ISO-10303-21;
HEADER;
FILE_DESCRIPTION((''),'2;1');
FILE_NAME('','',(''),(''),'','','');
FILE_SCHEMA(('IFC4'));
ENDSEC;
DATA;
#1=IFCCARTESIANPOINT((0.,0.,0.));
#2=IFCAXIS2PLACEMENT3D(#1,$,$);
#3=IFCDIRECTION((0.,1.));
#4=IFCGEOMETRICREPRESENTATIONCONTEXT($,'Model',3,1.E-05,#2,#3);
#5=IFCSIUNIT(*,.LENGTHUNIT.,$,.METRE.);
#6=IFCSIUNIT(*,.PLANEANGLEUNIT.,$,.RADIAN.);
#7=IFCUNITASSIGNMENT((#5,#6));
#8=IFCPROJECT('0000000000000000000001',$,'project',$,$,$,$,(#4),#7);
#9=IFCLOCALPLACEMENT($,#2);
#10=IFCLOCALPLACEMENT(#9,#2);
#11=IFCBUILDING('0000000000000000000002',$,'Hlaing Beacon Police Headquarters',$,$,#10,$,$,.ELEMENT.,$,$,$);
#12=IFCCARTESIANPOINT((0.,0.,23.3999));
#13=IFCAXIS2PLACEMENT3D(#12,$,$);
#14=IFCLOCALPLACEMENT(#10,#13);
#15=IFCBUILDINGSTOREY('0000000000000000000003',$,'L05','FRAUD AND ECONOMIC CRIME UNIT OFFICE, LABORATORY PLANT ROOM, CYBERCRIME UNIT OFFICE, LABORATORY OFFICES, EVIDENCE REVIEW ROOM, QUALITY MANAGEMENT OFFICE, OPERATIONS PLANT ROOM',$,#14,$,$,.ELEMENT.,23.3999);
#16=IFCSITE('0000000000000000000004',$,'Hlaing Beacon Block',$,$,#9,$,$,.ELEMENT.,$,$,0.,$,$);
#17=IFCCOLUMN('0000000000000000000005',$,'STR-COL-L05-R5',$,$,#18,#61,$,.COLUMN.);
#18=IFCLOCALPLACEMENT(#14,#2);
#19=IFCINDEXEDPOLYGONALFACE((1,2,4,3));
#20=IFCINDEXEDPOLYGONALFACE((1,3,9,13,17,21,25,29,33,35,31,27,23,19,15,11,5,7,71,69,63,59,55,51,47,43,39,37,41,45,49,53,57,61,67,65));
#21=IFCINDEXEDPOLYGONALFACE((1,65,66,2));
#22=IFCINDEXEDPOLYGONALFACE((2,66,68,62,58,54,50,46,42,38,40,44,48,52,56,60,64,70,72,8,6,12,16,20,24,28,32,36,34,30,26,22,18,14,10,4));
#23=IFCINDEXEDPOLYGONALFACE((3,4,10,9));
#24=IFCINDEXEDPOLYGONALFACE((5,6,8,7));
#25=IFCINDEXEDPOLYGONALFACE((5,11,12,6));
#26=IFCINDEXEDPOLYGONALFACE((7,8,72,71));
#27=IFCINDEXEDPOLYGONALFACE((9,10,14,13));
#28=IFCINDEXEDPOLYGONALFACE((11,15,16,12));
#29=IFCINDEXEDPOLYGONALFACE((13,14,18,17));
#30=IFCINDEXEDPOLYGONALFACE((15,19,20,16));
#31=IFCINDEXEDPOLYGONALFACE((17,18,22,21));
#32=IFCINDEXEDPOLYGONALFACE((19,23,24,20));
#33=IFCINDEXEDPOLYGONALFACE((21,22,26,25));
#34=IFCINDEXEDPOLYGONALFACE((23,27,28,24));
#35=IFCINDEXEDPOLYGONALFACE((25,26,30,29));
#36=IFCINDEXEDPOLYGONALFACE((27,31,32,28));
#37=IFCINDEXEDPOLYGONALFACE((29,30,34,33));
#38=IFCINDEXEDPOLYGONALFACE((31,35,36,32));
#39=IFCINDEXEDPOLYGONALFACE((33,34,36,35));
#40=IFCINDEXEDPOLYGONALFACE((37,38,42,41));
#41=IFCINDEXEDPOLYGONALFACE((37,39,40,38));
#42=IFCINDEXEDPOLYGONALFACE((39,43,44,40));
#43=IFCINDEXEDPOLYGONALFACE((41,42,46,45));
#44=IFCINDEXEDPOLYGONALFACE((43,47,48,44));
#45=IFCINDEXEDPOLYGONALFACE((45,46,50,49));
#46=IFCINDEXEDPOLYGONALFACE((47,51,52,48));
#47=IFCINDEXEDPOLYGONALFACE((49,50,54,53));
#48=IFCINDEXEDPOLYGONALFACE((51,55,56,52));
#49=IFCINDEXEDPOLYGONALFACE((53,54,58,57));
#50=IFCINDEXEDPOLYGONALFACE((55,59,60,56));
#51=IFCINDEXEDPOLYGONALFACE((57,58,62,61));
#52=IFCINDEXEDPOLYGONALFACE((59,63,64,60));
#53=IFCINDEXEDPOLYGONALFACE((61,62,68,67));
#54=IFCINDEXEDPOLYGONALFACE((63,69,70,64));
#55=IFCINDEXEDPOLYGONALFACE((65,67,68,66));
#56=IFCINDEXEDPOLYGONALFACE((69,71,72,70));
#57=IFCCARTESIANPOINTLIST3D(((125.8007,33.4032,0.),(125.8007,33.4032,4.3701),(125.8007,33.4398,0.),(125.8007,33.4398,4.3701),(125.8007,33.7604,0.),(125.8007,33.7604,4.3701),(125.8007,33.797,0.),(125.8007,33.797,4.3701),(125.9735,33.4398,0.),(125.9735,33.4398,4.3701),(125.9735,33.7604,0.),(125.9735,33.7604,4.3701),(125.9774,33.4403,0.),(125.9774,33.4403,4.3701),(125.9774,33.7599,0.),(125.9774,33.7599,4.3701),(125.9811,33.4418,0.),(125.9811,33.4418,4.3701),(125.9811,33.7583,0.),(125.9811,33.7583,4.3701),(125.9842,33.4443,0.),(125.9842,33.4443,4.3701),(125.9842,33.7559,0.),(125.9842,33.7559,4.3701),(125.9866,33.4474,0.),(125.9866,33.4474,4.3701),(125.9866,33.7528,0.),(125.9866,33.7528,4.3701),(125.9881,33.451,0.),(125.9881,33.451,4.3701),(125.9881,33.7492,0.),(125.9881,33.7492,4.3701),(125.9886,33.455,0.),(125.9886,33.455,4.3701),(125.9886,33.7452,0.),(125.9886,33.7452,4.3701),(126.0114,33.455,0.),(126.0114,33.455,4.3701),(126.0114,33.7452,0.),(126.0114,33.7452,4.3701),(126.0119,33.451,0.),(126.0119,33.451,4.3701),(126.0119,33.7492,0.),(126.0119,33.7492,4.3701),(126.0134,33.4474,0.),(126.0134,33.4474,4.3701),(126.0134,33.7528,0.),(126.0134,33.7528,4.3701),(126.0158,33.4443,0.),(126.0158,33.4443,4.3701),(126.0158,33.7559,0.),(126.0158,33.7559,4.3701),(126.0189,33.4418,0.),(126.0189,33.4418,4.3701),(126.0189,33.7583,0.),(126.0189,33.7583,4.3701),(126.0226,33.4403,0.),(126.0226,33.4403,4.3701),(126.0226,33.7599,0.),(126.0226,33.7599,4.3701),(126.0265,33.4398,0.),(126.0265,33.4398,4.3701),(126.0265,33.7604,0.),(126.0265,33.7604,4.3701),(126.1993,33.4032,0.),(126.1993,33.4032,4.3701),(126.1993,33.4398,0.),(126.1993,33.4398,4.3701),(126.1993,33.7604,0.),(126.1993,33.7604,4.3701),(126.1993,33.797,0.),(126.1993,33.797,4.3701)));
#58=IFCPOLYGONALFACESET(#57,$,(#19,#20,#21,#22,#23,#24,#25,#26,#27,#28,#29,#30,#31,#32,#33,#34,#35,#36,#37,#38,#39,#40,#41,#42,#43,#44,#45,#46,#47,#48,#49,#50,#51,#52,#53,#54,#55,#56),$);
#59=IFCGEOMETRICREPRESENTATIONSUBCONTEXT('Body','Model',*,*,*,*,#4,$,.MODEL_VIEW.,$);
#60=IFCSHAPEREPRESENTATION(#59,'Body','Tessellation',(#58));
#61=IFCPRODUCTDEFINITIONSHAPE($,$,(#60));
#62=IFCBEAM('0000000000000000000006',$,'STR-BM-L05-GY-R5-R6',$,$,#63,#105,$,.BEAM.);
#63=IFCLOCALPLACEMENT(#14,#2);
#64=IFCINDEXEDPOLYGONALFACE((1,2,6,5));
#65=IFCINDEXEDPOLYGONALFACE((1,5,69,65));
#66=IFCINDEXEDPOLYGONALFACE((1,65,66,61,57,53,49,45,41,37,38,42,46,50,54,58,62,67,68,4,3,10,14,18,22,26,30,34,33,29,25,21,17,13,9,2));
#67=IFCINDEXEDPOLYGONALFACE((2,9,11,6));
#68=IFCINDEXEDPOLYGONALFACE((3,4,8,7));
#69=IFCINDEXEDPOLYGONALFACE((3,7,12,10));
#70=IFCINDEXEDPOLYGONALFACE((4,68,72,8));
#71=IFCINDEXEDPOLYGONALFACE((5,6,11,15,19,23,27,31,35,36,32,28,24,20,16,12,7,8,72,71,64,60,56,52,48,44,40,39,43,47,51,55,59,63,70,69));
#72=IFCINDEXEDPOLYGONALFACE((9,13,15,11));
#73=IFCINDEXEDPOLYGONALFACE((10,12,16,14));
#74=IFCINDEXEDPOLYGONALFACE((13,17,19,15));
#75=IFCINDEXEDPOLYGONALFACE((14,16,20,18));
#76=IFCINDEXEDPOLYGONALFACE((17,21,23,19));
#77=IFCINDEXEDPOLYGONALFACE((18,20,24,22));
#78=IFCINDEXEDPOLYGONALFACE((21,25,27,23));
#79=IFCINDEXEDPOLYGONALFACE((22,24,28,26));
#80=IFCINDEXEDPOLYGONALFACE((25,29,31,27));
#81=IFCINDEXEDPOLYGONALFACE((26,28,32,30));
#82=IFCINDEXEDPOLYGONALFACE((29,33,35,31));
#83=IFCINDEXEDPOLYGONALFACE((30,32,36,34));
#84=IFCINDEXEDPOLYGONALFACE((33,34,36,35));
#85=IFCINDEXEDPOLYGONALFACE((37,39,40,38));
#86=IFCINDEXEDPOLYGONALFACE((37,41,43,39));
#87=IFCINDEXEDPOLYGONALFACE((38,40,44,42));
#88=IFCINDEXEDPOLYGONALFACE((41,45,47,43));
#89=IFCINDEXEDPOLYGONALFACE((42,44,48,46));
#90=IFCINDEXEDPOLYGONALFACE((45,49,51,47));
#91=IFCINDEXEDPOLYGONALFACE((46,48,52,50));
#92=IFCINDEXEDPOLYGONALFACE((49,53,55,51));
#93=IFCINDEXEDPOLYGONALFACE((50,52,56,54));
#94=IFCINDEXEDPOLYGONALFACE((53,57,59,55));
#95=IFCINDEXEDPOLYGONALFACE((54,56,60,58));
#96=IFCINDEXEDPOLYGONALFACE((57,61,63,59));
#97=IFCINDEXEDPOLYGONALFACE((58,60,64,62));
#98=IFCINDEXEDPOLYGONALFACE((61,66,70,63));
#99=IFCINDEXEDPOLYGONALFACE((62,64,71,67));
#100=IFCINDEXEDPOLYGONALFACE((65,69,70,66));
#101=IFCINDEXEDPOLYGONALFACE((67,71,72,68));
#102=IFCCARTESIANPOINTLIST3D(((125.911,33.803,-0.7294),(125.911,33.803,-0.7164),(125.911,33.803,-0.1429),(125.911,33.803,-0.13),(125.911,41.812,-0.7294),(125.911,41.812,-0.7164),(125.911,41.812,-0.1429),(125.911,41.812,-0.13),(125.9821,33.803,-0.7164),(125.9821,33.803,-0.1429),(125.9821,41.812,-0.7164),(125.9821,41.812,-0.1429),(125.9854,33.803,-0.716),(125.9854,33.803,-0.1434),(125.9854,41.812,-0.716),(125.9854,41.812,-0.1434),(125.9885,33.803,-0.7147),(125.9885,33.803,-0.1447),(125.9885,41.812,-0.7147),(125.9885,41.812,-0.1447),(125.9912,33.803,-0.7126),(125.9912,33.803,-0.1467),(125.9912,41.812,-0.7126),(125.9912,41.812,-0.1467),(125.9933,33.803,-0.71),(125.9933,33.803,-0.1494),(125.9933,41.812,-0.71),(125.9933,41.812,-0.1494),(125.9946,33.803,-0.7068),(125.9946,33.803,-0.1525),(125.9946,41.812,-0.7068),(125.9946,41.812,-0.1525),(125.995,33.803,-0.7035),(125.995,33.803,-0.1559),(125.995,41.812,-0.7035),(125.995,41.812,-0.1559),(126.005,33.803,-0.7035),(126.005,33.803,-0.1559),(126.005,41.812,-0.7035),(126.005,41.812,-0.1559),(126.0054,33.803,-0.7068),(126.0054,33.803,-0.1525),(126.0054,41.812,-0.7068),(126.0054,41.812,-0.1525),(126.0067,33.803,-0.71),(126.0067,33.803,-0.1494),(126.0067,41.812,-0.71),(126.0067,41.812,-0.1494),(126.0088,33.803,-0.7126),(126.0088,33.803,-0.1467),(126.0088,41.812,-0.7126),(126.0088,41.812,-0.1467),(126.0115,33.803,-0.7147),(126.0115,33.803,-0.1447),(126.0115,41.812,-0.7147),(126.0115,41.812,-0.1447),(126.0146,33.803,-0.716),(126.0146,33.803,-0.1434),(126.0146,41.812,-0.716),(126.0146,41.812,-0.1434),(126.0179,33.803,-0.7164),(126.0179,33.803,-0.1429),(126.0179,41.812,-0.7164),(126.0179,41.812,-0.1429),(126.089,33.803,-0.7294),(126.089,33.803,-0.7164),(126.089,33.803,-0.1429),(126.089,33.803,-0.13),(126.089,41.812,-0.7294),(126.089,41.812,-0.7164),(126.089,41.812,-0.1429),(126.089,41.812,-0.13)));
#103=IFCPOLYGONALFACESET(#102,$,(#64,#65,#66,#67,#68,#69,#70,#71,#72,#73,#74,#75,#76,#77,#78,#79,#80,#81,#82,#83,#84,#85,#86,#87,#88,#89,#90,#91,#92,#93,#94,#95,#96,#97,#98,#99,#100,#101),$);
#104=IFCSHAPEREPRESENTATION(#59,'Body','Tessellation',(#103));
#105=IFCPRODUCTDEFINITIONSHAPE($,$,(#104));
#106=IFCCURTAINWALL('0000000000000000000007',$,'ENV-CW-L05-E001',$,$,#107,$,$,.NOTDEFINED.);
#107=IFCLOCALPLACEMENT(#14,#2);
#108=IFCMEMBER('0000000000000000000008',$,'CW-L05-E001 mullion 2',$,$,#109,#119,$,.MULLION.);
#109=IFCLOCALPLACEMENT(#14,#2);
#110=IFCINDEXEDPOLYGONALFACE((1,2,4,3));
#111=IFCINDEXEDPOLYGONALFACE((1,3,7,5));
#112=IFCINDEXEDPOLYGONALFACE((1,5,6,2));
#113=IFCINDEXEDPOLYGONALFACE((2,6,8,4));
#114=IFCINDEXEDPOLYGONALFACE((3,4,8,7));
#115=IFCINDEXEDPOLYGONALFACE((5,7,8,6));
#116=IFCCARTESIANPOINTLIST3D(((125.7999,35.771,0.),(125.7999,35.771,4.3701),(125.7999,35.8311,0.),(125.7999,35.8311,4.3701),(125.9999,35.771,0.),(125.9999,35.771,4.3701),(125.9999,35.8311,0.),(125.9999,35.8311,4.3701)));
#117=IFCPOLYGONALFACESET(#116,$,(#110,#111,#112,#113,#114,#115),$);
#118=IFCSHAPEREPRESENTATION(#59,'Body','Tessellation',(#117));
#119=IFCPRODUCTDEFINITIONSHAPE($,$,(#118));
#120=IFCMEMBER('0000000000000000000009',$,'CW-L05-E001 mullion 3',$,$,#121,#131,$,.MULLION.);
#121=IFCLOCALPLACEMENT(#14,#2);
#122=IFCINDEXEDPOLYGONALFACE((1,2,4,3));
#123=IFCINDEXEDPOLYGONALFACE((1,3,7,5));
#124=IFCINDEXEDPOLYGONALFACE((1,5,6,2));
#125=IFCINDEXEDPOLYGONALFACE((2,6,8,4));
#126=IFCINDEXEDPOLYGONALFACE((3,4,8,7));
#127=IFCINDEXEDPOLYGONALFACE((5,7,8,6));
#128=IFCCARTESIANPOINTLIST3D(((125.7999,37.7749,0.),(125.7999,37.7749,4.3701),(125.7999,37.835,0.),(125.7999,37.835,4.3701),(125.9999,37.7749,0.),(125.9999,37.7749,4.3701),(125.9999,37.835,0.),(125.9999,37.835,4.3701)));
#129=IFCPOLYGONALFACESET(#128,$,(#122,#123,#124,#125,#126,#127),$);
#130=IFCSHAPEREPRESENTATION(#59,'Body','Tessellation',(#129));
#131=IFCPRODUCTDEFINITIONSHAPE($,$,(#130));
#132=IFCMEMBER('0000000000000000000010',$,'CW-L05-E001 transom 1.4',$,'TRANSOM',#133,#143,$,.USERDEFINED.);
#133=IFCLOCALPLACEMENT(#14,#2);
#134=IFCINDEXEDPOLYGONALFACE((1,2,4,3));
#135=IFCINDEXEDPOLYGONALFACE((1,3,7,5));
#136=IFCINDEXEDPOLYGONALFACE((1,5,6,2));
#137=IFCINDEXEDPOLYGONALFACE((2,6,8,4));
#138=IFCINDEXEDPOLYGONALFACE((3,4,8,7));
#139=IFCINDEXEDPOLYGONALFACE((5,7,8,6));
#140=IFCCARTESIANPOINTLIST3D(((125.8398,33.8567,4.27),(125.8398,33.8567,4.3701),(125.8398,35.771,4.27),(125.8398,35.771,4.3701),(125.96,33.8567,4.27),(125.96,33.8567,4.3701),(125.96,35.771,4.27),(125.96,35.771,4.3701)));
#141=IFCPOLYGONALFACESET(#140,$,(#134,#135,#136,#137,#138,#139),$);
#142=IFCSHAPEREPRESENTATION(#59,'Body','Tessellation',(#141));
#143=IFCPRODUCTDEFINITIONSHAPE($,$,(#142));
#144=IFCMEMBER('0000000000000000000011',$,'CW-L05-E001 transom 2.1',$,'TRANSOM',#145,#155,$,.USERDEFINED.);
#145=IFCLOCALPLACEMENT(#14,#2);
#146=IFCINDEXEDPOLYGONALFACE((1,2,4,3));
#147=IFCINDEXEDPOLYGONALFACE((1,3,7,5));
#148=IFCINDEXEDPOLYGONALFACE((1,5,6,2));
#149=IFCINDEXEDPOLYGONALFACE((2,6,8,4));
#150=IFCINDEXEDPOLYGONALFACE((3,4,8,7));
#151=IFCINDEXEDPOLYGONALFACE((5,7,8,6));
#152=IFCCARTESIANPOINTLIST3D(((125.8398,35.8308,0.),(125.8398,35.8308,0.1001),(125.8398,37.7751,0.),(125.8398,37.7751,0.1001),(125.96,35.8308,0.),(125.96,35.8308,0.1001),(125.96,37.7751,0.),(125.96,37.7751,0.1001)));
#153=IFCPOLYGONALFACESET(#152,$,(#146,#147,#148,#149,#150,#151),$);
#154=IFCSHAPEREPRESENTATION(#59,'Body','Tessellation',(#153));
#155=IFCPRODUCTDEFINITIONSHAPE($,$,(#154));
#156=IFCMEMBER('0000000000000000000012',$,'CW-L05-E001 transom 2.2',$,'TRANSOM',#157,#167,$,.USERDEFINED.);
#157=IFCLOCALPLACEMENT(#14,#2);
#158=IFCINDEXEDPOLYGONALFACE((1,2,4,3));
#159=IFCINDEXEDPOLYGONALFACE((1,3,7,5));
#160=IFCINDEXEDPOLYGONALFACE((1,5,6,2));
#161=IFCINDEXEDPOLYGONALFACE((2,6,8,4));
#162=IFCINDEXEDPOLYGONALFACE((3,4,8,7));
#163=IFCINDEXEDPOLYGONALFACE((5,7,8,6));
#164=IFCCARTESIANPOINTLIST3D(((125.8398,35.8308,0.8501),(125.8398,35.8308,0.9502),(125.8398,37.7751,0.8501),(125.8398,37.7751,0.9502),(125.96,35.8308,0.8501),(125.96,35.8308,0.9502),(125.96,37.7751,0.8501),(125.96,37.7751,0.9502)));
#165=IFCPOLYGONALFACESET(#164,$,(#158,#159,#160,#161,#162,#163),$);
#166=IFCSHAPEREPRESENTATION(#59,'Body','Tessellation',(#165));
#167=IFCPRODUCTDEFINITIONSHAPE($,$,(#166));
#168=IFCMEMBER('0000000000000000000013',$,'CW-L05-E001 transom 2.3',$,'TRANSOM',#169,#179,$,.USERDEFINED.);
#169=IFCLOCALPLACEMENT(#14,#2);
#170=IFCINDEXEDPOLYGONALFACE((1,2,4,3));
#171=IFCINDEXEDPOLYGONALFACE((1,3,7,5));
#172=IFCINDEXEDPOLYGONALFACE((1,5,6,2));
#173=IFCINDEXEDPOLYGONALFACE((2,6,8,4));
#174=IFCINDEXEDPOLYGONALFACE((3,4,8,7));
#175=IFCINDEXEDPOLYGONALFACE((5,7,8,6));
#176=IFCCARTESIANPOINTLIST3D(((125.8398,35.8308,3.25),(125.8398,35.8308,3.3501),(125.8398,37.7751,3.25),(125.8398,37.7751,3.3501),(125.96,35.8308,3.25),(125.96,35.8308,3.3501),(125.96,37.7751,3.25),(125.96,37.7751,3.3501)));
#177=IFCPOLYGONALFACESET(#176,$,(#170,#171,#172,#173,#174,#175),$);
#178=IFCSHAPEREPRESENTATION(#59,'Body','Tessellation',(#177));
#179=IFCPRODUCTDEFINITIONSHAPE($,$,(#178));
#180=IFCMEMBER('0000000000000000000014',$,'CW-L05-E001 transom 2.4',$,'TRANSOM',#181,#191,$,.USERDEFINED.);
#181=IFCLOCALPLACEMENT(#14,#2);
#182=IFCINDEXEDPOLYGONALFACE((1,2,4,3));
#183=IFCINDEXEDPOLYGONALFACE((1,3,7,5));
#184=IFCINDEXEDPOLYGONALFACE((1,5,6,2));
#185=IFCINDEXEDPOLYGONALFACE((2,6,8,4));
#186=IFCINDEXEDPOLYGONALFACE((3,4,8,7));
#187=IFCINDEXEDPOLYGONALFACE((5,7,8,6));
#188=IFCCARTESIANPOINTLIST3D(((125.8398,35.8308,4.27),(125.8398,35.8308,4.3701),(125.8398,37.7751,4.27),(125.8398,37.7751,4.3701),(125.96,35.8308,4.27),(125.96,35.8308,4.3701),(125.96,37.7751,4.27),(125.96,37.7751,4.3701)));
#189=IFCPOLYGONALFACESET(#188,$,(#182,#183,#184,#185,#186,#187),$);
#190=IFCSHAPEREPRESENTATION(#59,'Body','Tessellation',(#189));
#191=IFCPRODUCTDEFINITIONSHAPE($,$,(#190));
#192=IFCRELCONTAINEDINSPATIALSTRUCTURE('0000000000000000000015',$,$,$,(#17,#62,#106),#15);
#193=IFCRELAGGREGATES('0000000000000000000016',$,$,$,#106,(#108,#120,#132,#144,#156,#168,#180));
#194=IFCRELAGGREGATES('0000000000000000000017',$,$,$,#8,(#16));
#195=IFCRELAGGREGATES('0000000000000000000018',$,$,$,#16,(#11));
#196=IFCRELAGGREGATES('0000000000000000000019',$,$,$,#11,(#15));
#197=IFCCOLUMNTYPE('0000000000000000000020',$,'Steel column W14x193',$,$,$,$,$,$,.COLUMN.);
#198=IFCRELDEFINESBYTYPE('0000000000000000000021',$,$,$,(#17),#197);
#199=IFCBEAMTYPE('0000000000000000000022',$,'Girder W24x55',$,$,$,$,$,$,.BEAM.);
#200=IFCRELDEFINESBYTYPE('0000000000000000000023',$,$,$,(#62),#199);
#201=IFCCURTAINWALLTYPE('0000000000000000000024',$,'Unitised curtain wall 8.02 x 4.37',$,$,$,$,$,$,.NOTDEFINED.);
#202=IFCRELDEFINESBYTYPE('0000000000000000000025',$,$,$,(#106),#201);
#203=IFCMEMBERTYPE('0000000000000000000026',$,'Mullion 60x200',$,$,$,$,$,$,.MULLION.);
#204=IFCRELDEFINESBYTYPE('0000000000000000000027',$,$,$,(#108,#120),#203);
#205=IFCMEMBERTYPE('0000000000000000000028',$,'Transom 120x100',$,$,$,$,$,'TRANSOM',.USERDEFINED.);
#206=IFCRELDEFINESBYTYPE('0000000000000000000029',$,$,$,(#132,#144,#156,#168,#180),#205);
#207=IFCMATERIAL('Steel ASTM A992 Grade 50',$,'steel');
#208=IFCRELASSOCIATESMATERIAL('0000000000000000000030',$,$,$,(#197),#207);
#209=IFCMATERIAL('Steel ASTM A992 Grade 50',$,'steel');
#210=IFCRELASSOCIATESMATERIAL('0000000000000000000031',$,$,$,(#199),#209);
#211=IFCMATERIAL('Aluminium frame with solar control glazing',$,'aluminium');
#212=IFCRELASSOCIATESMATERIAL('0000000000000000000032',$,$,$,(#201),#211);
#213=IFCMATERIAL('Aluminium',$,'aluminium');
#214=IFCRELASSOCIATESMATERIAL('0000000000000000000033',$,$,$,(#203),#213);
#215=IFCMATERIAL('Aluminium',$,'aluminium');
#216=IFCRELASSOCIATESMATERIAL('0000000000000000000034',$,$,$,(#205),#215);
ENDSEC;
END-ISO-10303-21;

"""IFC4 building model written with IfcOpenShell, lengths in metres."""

from ifc_helpers import new_model, si_unit, direction, frame, origin, origin_2d, place, context, subcontext, project, spatial, rectangle, i_section, extrude, material, material_profile, profile_set, type_object, element, aggregate, save


model = new_model("IFC4")

# Units and contexts
model_context = context("Model", 3, precision=1e-05, world=origin(), true_north=direction((0.0, 1.0)))
body_context = subcontext(model_context, "Body", "Model", "MODEL_VIEW")
ifc_project = project(units=[si_unit("LENGTHUNIT", "METRE"), si_unit("PLANEANGLEUNIT", "RADIAN")], contexts=[model_context])

# Site, building, storey
site_placement = place(None, origin())
site = spatial("IfcSite", under=ifc_project, at=site_placement, Name="Hlaing Beacon Block", CompositionType="ELEMENT", RefElevation=0.0)
building_placement = place(site_placement, origin())
building = spatial("IfcBuilding", under=site, at=building_placement, Name="Hlaing Beacon Police Headquarters", CompositionType="ELEMENT")
storey_placement = place(building_placement, frame((0.0, 0.0, 23.3999)))
storey = spatial("IfcBuildingStorey", under=building, at=storey_placement, Name="L05", Description="FRAUD AND ECONOMIC CRIME UNIT OFFICE, LABORATORY PLANT ROOM, CYBERCRIME UNIT OFFICE, LABORATORY OFFICES, EVIDENCE REVIEW ROOM, QUALITY MANAGEMENT OFFICE, OPERATIONS PLANT ROOM", CompositionType="ELEMENT", Elevation=23.3999)

# Column
ifc_material_1 = material(Name="Steel ASTM A992 Grade 50", Category="steel")
ifc_material_profile_1 = material_profile(ifc_material_1, i_section(OverallWidth=0.3987, OverallDepth=0.3938, WebThickness=0.0227, FlangeThickness=0.0366, FilletRadius=0.0151, at=origin_2d()), Name="W14x193")
ifc_profile_set_1 = profile_set([ifc_material_profile_1], Name="Steel ASTM A992 Grade 50")
column_type = type_object("IfcColumnType", Name="Steel column W14x193", PredefinedType="COLUMN", material=ifc_profile_set_1)
column_placement = place(storey_placement, frame((126.0, 33.6001, 0.0), z_axis=(0.0, 0.0, 1.0), x_axis=(1.0, 0.0, 0.0)))
element("IfcColumn", 1, at=column_placement, inside=storey, type_object=column_type, Name="STR-COL-L05-R5", PredefinedType="COLUMN", context=body_context, shape_type="SweptSolid", body=[
    extrude(i_section(OverallWidth=0.3987, OverallDepth=0.3938, WebThickness=0.0227, FlangeThickness=0.0366, FilletRadius=0.0151, at=origin_2d()), origin(), (0.0, 0.0, 1.0), 4.3701),
])

# Beam
ifc_material_2 = material(Name="Steel ASTM A992 Grade 50", Category="steel")
ifc_material_profile_2 = material_profile(ifc_material_2, i_section(OverallWidth=0.178, OverallDepth=0.5994, WebThickness=0.01, FlangeThickness=0.0129, FilletRadius=0.0129, at=origin_2d()), Name="W24x55")
ifc_profile_set_2 = profile_set([ifc_material_profile_2], Name="Steel ASTM A992 Grade 50")
beam_type = type_object("IfcBeamType", Name="Girder W24x55", PredefinedType="BEAM", material=ifc_profile_set_2)
beam_placement = place(storey_placement, frame((126.0, 33.803, -0.4297), z_axis=(0.0, 1.0, 0.0), x_axis=(-1.0, 0.0, 0.0)))
element("IfcBeam", 2, at=beam_placement, inside=storey, type_object=beam_type, Name="STR-BM-L05-GY-R5-R6", PredefinedType="BEAM", context=body_context, shape_type="SweptSolid", body=[
    extrude(i_section(OverallWidth=0.178, OverallDepth=0.5994, WebThickness=0.01, FlangeThickness=0.0129, FilletRadius=0.0129, at=origin_2d()), origin(), (0.0, 0.0, 1.0), 8.009),
])

# Curtain wall, members
ifc_material_3 = material(Name="Aluminium frame with solar control glazing", Category="aluminium")
curtain_wall_type = type_object("IfcCurtainWallType", Name="Unitised curtain wall 8.02 x 4.37", PredefinedType="NOTDEFINED", material=ifc_material_3)
curtain_wall_placement = place(storey_placement, origin())
curtain_wall = element("IfcCurtainWall", 3, at=curtain_wall_placement, inside=storey, type_object=curtain_wall_type, Name="ENV-CW-L05-E001", PredefinedType="NOTDEFINED")
ifc_material_4 = material(Name="Aluminium", Category="aluminium")
ifc_material_profile_3 = material_profile(ifc_material_4, rectangle(XDim=0.2, YDim=0.0601, at=origin_2d()), Name="Mullion 60x200")
ifc_profile_set_3 = profile_set([ifc_material_profile_3], Name="Aluminium")
member_type_1 = type_object("IfcMemberType", Name="Mullion 60x200", PredefinedType="MULLION", material=ifc_profile_set_3)
member_1_placement = place(storey_placement, frame((125.8999, 35.801, 0.0), z_axis=(0.0, 0.0, 1.0), x_axis=(-1.0, 0.0, 0.0)))
member_1 = element("IfcMember", 4, at=member_1_placement, type_object=member_type_1, Name="CW-L05-E001 mullion 2", PredefinedType="MULLION", context=body_context, shape_type="SweptSolid", body=[
    extrude(rectangle(XDim=0.2, YDim=0.0601, at=origin_2d()), origin(), (0.0, 0.0, 1.0), 4.3701),
])
member_2_placement = place(storey_placement, frame((125.8999, 37.8049, 0.0), z_axis=(0.0, 0.0, 1.0), x_axis=(-1.0, 0.0, 0.0)))
member_2 = element("IfcMember", 5, at=member_2_placement, type_object=member_type_1, Name="CW-L05-E001 mullion 3", PredefinedType="MULLION", context=body_context, shape_type="SweptSolid", body=[
    extrude(rectangle(XDim=0.2, YDim=0.0601, at=origin_2d()), origin(), (0.0, 0.0, 1.0), 4.3701),
])
ifc_material_5 = material(Name="Aluminium", Category="aluminium")
ifc_material_profile_4 = material_profile(ifc_material_5, rectangle(XDim=0.1201, YDim=0.1001, at=origin_2d()), Name="Transom 120x100")
ifc_profile_set_4 = profile_set([ifc_material_profile_4], Name="Aluminium")
member_type_2 = type_object("IfcMemberType", Name="Transom 120x100", ElementType="TRANSOM", PredefinedType="USERDEFINED", material=ifc_profile_set_4)
member_3_placement = place(storey_placement, frame((125.8999, 33.8567, 4.3201), z_axis=(0.0, 1.0, 0.0), x_axis=(-1.0, 0.0, 0.0)))
member_3 = element("IfcMember", 6, at=member_3_placement, type_object=member_type_2, Name="CW-L05-E001 transom 1.4", ObjectType="TRANSOM", PredefinedType="USERDEFINED", context=body_context, shape_type="SweptSolid", body=[
    extrude(rectangle(XDim=0.1201, YDim=0.1001, at=origin_2d()), origin(), (0.0, 0.0, 1.0), 1.9143),
])
member_4_placement = place(storey_placement, frame((125.8999, 35.8308, 0.05), z_axis=(0.0, 1.0, 0.0), x_axis=(-1.0, 0.0, 0.0)))
member_4 = element("IfcMember", 7, at=member_4_placement, type_object=member_type_2, Name="CW-L05-E001 transom 2.1", ObjectType="TRANSOM", PredefinedType="USERDEFINED", context=body_context, shape_type="SweptSolid", body=[
    extrude(rectangle(XDim=0.1201, YDim=0.1001, at=origin_2d()), origin(), (0.0, 0.0, 1.0), 1.9443),
])
member_5_placement = place(storey_placement, frame((125.8999, 35.8308, 0.9001), z_axis=(0.0, 1.0, 0.0), x_axis=(-1.0, 0.0, 0.0)))
member_5 = element("IfcMember", 8, at=member_5_placement, type_object=member_type_2, Name="CW-L05-E001 transom 2.2", ObjectType="TRANSOM", PredefinedType="USERDEFINED", context=body_context, shape_type="SweptSolid", body=[
    extrude(rectangle(XDim=0.1201, YDim=0.1001, at=origin_2d()), origin(), (0.0, 0.0, 1.0), 1.9443),
])
member_6_placement = place(storey_placement, frame((125.8999, 35.8308, 3.3), z_axis=(0.0, 1.0, 0.0), x_axis=(-1.0, 0.0, 0.0)))
member_6 = element("IfcMember", 9, at=member_6_placement, type_object=member_type_2, Name="CW-L05-E001 transom 2.3", ObjectType="TRANSOM", PredefinedType="USERDEFINED", context=body_context, shape_type="SweptSolid", body=[
    extrude(rectangle(XDim=0.1201, YDim=0.1001, at=origin_2d()), origin(), (0.0, 0.0, 1.0), 1.9443),
])
member_7_placement = place(storey_placement, frame((125.8999, 35.8308, 4.3201), z_axis=(0.0, 1.0, 0.0), x_axis=(-1.0, 0.0, 0.0)))
member_7 = element("IfcMember", 10, at=member_7_placement, type_object=member_type_2, Name="CW-L05-E001 transom 2.4", ObjectType="TRANSOM", PredefinedType="USERDEFINED", context=body_context, shape_type="SweptSolid", body=[
    extrude(rectangle(XDim=0.1201, YDim=0.1001, at=origin_2d()), origin(), (0.0, 0.0, 1.0), 1.9443),
])
aggregate(curtain_wall, [member_1, member_2, member_3, member_4, member_5, member_6, member_7])

save(model, "model.ifc")
